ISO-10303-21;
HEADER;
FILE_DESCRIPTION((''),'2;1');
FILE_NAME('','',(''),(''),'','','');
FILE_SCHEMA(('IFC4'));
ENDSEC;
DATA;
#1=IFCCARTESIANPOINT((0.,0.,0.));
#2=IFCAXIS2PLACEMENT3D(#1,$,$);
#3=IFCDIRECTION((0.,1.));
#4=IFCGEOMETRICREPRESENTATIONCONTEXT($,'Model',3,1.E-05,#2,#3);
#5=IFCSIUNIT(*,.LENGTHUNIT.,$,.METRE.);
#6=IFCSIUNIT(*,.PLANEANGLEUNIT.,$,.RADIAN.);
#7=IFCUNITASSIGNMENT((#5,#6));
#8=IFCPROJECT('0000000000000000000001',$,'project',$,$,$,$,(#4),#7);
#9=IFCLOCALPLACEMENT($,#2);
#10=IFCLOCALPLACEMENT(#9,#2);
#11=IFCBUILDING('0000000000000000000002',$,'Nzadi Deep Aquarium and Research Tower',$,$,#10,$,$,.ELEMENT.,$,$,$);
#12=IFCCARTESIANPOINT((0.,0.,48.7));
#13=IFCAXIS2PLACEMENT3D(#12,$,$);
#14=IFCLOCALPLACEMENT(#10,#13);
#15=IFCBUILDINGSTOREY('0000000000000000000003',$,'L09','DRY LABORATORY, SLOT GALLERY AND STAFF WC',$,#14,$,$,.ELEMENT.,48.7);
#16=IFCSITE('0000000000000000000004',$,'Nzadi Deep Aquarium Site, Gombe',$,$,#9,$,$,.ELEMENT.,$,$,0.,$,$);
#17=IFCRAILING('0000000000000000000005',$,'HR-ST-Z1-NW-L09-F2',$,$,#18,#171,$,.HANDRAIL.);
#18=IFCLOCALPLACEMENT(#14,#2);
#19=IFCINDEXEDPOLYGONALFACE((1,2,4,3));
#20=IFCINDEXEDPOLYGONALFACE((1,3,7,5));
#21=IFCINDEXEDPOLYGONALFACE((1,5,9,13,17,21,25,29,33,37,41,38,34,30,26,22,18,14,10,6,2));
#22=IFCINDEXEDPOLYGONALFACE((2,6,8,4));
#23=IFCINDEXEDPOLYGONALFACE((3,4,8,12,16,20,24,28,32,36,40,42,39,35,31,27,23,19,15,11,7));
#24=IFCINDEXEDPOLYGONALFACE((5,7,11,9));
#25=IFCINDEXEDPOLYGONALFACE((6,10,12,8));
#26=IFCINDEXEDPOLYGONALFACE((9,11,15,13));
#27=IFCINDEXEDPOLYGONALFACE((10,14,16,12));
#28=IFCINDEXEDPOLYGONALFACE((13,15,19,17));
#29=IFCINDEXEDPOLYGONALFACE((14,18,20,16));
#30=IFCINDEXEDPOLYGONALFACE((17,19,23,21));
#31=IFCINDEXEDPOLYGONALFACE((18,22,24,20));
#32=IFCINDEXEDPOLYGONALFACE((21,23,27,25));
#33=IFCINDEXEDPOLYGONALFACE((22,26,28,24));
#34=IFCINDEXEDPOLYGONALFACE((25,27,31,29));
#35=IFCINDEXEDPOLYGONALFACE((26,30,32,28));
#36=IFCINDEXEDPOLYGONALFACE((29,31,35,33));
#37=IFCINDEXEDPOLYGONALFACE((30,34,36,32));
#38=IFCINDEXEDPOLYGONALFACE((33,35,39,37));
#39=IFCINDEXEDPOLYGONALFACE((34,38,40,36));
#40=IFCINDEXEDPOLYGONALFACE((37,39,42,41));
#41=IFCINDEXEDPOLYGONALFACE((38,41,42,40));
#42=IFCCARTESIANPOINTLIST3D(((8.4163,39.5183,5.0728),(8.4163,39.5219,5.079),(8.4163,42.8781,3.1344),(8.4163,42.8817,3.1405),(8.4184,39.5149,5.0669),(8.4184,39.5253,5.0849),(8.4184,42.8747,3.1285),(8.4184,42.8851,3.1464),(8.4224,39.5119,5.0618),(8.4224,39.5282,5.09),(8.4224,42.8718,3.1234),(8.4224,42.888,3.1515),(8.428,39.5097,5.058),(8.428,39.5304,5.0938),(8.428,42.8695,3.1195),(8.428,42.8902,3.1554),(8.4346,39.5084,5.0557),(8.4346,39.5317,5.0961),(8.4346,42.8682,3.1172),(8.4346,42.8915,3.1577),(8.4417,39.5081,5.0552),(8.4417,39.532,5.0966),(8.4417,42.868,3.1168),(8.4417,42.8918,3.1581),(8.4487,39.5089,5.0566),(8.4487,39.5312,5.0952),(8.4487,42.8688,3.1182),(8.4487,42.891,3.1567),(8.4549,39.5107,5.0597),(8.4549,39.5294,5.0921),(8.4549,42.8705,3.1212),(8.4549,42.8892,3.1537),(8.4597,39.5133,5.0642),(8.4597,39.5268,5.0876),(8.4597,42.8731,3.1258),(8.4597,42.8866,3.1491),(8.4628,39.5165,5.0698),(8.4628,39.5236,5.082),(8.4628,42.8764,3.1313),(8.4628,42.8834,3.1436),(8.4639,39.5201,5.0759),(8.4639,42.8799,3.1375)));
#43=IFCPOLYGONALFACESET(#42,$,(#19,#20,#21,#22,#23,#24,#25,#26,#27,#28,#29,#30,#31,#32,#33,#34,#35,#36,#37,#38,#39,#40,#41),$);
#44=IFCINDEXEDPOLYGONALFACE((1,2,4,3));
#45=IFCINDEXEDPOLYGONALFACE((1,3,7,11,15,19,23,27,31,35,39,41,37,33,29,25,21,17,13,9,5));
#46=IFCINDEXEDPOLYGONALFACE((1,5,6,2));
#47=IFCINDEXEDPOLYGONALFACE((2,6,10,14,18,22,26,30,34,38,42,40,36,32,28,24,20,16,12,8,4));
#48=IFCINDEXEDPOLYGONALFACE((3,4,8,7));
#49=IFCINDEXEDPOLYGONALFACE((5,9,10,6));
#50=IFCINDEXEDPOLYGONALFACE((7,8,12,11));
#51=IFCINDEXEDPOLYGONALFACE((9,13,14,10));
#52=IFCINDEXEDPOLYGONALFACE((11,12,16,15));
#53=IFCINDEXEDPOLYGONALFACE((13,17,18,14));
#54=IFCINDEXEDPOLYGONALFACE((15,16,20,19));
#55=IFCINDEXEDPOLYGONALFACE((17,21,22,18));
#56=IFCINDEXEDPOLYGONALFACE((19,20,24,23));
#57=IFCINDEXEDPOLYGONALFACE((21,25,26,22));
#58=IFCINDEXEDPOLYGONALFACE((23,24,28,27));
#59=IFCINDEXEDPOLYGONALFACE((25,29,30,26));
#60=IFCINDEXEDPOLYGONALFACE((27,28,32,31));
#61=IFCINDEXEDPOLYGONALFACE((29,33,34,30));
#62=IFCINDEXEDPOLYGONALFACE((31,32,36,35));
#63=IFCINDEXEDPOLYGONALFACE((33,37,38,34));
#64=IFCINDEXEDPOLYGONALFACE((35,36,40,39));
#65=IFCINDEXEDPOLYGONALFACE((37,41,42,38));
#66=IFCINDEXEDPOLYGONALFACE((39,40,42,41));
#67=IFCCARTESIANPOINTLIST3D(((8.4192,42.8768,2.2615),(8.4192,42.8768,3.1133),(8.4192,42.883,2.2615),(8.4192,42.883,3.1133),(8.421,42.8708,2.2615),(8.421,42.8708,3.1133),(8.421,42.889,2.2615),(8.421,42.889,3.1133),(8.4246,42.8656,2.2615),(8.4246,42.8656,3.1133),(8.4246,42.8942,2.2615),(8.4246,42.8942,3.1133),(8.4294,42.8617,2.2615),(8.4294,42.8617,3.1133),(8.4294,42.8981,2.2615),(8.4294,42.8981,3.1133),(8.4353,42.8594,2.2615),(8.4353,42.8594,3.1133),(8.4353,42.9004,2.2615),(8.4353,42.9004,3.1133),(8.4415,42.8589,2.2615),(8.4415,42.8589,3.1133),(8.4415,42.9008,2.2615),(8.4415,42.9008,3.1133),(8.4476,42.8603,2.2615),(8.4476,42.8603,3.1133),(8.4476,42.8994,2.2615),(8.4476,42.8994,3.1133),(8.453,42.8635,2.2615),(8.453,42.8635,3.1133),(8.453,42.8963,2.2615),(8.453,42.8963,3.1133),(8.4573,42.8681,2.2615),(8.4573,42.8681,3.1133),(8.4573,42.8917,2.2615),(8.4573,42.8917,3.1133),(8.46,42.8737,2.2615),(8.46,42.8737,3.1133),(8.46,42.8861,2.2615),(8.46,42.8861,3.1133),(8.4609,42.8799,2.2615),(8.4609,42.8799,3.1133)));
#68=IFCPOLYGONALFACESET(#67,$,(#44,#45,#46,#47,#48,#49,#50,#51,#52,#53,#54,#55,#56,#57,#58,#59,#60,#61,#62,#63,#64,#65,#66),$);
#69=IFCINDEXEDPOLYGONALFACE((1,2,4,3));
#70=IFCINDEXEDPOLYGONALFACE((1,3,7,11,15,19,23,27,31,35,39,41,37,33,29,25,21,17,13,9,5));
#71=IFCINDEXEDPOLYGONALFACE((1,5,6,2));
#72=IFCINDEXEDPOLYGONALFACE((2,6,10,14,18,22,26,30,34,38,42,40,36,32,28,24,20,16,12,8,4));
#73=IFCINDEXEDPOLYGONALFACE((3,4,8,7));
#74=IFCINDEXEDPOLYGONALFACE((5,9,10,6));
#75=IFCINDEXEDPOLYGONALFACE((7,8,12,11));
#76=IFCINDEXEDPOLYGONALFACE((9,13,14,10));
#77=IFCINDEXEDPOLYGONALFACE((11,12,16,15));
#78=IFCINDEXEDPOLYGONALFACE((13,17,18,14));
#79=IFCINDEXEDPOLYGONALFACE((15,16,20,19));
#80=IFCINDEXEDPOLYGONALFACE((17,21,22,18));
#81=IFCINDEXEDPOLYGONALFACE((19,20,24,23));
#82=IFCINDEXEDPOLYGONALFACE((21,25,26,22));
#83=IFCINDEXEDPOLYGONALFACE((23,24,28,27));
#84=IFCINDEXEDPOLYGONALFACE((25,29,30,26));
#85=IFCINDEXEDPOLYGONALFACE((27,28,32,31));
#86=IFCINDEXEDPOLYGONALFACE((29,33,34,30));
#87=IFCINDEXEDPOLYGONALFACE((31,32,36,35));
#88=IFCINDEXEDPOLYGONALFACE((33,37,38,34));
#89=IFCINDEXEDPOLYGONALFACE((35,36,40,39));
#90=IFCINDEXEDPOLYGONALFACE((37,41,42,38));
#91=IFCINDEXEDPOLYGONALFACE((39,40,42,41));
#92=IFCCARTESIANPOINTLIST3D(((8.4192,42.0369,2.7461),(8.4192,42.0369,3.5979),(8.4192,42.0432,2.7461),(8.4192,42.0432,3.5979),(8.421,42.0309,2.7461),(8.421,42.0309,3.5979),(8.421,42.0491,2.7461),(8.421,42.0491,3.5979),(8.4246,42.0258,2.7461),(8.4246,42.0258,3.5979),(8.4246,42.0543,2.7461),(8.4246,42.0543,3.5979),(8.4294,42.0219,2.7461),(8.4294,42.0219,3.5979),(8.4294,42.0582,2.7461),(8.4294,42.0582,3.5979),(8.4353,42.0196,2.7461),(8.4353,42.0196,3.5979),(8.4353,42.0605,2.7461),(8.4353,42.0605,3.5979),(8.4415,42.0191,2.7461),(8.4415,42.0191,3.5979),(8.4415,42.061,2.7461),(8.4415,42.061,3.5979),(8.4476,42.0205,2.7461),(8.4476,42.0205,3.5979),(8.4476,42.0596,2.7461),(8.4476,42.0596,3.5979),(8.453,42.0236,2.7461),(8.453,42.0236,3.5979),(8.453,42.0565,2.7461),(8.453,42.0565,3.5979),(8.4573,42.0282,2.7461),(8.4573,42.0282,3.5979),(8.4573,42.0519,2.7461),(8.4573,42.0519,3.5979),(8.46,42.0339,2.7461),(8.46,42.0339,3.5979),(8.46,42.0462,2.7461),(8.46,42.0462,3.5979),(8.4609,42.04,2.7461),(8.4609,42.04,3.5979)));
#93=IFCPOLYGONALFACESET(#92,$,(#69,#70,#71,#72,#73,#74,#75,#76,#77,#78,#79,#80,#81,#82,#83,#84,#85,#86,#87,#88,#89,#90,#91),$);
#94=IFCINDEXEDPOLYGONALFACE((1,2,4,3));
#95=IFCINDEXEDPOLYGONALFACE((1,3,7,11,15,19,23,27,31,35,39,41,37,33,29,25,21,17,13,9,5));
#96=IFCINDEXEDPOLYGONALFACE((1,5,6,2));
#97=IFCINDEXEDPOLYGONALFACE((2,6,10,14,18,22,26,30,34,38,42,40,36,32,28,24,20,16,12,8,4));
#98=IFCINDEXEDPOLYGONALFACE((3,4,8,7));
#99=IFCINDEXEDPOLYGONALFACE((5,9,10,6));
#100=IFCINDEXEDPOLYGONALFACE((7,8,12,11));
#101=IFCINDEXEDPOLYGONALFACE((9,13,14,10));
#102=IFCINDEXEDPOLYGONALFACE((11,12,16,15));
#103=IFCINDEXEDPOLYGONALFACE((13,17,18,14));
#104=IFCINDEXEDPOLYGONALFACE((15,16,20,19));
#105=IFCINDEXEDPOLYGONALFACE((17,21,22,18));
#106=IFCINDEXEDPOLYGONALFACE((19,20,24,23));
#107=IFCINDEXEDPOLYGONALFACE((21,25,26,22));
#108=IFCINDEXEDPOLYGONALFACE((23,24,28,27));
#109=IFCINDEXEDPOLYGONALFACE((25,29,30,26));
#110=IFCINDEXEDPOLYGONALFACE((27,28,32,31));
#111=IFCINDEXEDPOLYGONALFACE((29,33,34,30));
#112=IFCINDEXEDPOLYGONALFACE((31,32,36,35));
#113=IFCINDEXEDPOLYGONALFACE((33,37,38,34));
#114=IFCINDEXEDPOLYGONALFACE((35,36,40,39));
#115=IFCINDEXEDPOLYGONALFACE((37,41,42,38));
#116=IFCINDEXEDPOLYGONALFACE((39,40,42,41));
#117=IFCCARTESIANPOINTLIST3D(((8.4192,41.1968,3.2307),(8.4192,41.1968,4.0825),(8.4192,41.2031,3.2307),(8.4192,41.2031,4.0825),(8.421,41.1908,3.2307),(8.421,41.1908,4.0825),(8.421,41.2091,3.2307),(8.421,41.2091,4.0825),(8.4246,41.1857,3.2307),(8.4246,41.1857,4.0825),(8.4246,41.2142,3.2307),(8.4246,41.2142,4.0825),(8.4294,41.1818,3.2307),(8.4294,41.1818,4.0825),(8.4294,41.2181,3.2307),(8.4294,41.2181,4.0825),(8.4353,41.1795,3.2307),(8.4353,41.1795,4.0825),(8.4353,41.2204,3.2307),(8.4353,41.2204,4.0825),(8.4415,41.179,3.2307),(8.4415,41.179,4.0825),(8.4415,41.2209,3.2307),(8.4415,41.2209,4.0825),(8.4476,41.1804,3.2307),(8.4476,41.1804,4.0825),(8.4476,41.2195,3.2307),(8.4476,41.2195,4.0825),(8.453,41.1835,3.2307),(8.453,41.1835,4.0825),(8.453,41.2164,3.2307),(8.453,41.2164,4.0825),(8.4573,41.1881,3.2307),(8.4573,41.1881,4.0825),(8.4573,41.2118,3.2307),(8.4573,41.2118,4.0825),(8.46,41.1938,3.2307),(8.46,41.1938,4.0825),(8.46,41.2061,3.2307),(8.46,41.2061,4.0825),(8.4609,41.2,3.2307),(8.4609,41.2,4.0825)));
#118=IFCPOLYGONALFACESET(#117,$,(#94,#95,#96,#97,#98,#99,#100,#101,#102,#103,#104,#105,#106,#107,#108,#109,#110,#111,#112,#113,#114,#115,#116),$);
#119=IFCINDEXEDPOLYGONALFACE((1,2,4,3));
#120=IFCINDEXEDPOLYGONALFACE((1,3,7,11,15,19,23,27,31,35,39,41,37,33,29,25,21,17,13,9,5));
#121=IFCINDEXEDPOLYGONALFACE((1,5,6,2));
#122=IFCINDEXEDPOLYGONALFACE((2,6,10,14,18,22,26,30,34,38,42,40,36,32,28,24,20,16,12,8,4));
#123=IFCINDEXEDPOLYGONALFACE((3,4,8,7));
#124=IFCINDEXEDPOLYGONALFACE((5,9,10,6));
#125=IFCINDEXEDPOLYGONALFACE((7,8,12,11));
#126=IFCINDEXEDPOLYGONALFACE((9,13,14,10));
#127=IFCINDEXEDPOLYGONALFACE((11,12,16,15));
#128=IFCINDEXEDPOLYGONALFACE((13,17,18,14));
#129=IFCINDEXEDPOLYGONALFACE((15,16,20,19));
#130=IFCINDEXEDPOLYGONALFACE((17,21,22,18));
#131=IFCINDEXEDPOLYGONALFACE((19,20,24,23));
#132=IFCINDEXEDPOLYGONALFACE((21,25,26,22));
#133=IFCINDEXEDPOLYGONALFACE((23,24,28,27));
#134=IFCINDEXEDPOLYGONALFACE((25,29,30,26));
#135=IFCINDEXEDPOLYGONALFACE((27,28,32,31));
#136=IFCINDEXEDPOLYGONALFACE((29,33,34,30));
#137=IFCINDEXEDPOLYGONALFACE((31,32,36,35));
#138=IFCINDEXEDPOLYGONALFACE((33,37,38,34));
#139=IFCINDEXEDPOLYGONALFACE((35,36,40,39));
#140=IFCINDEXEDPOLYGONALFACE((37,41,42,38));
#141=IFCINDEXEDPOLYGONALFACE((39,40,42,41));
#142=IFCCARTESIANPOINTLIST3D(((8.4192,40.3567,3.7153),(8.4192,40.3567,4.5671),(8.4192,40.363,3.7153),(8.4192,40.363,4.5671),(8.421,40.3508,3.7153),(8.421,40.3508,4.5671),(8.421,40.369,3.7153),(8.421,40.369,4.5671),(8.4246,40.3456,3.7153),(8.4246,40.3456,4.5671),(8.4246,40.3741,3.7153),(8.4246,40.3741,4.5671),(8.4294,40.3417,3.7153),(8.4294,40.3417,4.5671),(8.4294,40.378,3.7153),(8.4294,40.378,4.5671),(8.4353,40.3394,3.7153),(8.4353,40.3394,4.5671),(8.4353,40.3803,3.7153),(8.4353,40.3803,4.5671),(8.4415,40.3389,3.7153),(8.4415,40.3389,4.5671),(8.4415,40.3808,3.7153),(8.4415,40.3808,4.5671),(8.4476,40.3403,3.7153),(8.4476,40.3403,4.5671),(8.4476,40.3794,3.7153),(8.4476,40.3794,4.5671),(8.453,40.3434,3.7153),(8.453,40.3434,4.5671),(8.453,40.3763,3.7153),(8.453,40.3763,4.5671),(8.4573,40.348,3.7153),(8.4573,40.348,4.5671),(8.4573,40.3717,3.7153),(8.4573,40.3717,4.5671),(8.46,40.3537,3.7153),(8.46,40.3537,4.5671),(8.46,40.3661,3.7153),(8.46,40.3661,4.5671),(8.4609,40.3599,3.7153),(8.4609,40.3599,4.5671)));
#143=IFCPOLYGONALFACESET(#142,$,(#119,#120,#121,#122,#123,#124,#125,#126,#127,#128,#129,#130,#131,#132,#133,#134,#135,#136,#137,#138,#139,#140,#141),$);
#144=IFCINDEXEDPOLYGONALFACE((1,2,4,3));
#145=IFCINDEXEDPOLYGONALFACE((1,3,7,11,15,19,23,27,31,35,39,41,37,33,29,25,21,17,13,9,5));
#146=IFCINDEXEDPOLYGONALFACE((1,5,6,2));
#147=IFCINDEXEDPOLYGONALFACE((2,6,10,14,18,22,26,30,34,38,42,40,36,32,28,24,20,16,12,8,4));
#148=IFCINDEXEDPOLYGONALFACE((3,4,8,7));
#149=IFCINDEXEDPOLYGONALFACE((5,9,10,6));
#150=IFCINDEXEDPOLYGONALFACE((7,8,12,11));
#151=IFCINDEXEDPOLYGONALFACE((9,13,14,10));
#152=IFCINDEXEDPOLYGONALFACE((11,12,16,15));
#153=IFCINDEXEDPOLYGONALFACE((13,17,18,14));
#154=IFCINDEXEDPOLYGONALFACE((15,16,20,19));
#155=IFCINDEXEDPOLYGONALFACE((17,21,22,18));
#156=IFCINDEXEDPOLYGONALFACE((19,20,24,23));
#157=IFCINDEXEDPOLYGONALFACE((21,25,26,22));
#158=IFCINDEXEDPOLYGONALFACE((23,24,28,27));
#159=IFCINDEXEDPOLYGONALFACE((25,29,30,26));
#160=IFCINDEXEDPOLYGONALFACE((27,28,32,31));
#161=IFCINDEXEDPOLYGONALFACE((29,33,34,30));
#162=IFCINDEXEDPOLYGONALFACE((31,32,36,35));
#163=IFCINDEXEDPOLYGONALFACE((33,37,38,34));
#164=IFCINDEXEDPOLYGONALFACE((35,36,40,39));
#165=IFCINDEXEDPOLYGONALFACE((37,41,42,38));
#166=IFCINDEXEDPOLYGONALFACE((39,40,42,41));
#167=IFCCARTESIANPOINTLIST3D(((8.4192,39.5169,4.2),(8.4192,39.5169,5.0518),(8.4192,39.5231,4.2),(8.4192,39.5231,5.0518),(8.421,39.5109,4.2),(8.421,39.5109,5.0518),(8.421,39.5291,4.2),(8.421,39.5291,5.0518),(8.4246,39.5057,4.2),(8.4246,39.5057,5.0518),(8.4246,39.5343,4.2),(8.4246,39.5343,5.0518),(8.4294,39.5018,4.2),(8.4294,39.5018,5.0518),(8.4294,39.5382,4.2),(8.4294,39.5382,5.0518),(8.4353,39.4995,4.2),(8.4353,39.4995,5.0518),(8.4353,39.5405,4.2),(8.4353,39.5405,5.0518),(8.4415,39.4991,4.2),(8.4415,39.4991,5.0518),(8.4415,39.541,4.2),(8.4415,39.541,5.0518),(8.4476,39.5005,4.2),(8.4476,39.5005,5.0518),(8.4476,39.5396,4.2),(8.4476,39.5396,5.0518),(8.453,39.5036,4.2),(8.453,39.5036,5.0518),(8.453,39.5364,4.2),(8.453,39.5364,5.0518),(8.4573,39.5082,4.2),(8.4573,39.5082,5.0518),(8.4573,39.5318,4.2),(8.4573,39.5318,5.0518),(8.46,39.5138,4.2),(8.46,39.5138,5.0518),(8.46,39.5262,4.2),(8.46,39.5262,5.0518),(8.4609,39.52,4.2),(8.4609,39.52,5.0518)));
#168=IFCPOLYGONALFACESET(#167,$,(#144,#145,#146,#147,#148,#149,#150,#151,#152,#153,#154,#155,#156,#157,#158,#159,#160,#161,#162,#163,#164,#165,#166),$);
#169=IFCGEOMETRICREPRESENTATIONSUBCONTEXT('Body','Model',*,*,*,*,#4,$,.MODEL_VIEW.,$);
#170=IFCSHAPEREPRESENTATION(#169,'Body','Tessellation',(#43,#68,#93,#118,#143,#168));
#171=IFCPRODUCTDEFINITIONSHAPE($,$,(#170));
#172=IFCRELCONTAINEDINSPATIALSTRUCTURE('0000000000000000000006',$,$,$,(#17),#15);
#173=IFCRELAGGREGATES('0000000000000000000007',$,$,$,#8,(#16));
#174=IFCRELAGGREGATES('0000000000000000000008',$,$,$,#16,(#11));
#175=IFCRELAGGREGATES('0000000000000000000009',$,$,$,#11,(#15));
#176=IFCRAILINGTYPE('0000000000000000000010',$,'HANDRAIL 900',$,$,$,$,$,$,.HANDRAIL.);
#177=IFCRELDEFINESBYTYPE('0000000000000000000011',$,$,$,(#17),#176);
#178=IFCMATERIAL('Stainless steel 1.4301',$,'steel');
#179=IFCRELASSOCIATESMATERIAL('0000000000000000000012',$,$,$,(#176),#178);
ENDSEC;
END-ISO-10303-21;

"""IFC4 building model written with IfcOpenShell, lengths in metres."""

from ifc_helpers import new_model, si_unit, direction, frame, origin, origin_2d, place, context, subcontext, project, spatial, circle, extrude, material, type_object, element, save


model = new_model("IFC4")

# Units and contexts
model_context = context("Model", 3, precision=1e-05, world=origin(), true_north=direction((0.0, 1.0)))
body_context = subcontext(model_context, "Body", "Model", "MODEL_VIEW")
ifc_project = project(units=[si_unit("LENGTHUNIT", "METRE"), si_unit("PLANEANGLEUNIT", "RADIAN")], contexts=[model_context])

# Site, building, storey
site_placement = place(None, origin())
site = spatial("IfcSite", under=ifc_project, at=site_placement, Name="Nzadi Deep Aquarium Site, Gombe", CompositionType="ELEMENT", RefElevation=0.0)
building_placement = place(site_placement, origin())
building = spatial("IfcBuilding", under=site, at=building_placement, Name="Nzadi Deep Aquarium and Research Tower", CompositionType="ELEMENT")
storey_placement = place(building_placement, frame((0.0, 0.0, 48.7)))
storey = spatial("IfcBuildingStorey", under=building, at=storey_placement, Name="L09", Description="DRY LABORATORY, SLOT GALLERY AND STAFF WC", CompositionType="ELEMENT", Elevation=48.7)

# Railing
ifc_material_1 = material(Name="Stainless steel 1.4301", Category="steel")
railing_type = type_object("IfcRailingType", Name="HANDRAIL 900", PredefinedType="HANDRAIL", material=ifc_material_1)
railing_placement = place(storey_placement, frame((8.4399, 42.8799, 2.2615)))
element("IfcRailing", 1, at=railing_placement, inside=storey, type_object=railing_type, Name="HR-ST-Z1-NW-L09-F2", PredefinedType="HANDRAIL", context=body_context, shape_type="SweptSolid", body=[
    extrude(circle(Radius=0.0239, at=origin_2d()), frame((0.0, 0.0, 0.876), z_axis=(0.0, -0.866175, 0.499741), x_axis=(1.0, 0.0, 0.0)), (0.0, 0.0, 1.0), 3.8789),
    extrude(circle(Radius=0.021, at=origin_2d()), origin(), (0.0, 0.0, 1.0), 0.8518),
    extrude(circle(Radius=0.021, at=origin_2d()), frame((0.0, -0.8398, 0.4846)), (0.0, 0.0, 1.0), 0.8518),
    extrude(circle(Radius=0.021, at=origin_2d()), frame((0.0, -1.6799, 0.9692)), (0.0, 0.0, 1.0), 0.8518),
    extrude(circle(Radius=0.021, at=origin_2d()), frame((0.0, -2.52, 1.4539)), (0.0, 0.0, 1.0), 0.8518),
    extrude(circle(Radius=0.021, at=origin_2d()), frame((0.0, -3.3599, 1.9385)), (0.0, 0.0, 1.0), 0.8518),
])

save(model, "model.ifc")
